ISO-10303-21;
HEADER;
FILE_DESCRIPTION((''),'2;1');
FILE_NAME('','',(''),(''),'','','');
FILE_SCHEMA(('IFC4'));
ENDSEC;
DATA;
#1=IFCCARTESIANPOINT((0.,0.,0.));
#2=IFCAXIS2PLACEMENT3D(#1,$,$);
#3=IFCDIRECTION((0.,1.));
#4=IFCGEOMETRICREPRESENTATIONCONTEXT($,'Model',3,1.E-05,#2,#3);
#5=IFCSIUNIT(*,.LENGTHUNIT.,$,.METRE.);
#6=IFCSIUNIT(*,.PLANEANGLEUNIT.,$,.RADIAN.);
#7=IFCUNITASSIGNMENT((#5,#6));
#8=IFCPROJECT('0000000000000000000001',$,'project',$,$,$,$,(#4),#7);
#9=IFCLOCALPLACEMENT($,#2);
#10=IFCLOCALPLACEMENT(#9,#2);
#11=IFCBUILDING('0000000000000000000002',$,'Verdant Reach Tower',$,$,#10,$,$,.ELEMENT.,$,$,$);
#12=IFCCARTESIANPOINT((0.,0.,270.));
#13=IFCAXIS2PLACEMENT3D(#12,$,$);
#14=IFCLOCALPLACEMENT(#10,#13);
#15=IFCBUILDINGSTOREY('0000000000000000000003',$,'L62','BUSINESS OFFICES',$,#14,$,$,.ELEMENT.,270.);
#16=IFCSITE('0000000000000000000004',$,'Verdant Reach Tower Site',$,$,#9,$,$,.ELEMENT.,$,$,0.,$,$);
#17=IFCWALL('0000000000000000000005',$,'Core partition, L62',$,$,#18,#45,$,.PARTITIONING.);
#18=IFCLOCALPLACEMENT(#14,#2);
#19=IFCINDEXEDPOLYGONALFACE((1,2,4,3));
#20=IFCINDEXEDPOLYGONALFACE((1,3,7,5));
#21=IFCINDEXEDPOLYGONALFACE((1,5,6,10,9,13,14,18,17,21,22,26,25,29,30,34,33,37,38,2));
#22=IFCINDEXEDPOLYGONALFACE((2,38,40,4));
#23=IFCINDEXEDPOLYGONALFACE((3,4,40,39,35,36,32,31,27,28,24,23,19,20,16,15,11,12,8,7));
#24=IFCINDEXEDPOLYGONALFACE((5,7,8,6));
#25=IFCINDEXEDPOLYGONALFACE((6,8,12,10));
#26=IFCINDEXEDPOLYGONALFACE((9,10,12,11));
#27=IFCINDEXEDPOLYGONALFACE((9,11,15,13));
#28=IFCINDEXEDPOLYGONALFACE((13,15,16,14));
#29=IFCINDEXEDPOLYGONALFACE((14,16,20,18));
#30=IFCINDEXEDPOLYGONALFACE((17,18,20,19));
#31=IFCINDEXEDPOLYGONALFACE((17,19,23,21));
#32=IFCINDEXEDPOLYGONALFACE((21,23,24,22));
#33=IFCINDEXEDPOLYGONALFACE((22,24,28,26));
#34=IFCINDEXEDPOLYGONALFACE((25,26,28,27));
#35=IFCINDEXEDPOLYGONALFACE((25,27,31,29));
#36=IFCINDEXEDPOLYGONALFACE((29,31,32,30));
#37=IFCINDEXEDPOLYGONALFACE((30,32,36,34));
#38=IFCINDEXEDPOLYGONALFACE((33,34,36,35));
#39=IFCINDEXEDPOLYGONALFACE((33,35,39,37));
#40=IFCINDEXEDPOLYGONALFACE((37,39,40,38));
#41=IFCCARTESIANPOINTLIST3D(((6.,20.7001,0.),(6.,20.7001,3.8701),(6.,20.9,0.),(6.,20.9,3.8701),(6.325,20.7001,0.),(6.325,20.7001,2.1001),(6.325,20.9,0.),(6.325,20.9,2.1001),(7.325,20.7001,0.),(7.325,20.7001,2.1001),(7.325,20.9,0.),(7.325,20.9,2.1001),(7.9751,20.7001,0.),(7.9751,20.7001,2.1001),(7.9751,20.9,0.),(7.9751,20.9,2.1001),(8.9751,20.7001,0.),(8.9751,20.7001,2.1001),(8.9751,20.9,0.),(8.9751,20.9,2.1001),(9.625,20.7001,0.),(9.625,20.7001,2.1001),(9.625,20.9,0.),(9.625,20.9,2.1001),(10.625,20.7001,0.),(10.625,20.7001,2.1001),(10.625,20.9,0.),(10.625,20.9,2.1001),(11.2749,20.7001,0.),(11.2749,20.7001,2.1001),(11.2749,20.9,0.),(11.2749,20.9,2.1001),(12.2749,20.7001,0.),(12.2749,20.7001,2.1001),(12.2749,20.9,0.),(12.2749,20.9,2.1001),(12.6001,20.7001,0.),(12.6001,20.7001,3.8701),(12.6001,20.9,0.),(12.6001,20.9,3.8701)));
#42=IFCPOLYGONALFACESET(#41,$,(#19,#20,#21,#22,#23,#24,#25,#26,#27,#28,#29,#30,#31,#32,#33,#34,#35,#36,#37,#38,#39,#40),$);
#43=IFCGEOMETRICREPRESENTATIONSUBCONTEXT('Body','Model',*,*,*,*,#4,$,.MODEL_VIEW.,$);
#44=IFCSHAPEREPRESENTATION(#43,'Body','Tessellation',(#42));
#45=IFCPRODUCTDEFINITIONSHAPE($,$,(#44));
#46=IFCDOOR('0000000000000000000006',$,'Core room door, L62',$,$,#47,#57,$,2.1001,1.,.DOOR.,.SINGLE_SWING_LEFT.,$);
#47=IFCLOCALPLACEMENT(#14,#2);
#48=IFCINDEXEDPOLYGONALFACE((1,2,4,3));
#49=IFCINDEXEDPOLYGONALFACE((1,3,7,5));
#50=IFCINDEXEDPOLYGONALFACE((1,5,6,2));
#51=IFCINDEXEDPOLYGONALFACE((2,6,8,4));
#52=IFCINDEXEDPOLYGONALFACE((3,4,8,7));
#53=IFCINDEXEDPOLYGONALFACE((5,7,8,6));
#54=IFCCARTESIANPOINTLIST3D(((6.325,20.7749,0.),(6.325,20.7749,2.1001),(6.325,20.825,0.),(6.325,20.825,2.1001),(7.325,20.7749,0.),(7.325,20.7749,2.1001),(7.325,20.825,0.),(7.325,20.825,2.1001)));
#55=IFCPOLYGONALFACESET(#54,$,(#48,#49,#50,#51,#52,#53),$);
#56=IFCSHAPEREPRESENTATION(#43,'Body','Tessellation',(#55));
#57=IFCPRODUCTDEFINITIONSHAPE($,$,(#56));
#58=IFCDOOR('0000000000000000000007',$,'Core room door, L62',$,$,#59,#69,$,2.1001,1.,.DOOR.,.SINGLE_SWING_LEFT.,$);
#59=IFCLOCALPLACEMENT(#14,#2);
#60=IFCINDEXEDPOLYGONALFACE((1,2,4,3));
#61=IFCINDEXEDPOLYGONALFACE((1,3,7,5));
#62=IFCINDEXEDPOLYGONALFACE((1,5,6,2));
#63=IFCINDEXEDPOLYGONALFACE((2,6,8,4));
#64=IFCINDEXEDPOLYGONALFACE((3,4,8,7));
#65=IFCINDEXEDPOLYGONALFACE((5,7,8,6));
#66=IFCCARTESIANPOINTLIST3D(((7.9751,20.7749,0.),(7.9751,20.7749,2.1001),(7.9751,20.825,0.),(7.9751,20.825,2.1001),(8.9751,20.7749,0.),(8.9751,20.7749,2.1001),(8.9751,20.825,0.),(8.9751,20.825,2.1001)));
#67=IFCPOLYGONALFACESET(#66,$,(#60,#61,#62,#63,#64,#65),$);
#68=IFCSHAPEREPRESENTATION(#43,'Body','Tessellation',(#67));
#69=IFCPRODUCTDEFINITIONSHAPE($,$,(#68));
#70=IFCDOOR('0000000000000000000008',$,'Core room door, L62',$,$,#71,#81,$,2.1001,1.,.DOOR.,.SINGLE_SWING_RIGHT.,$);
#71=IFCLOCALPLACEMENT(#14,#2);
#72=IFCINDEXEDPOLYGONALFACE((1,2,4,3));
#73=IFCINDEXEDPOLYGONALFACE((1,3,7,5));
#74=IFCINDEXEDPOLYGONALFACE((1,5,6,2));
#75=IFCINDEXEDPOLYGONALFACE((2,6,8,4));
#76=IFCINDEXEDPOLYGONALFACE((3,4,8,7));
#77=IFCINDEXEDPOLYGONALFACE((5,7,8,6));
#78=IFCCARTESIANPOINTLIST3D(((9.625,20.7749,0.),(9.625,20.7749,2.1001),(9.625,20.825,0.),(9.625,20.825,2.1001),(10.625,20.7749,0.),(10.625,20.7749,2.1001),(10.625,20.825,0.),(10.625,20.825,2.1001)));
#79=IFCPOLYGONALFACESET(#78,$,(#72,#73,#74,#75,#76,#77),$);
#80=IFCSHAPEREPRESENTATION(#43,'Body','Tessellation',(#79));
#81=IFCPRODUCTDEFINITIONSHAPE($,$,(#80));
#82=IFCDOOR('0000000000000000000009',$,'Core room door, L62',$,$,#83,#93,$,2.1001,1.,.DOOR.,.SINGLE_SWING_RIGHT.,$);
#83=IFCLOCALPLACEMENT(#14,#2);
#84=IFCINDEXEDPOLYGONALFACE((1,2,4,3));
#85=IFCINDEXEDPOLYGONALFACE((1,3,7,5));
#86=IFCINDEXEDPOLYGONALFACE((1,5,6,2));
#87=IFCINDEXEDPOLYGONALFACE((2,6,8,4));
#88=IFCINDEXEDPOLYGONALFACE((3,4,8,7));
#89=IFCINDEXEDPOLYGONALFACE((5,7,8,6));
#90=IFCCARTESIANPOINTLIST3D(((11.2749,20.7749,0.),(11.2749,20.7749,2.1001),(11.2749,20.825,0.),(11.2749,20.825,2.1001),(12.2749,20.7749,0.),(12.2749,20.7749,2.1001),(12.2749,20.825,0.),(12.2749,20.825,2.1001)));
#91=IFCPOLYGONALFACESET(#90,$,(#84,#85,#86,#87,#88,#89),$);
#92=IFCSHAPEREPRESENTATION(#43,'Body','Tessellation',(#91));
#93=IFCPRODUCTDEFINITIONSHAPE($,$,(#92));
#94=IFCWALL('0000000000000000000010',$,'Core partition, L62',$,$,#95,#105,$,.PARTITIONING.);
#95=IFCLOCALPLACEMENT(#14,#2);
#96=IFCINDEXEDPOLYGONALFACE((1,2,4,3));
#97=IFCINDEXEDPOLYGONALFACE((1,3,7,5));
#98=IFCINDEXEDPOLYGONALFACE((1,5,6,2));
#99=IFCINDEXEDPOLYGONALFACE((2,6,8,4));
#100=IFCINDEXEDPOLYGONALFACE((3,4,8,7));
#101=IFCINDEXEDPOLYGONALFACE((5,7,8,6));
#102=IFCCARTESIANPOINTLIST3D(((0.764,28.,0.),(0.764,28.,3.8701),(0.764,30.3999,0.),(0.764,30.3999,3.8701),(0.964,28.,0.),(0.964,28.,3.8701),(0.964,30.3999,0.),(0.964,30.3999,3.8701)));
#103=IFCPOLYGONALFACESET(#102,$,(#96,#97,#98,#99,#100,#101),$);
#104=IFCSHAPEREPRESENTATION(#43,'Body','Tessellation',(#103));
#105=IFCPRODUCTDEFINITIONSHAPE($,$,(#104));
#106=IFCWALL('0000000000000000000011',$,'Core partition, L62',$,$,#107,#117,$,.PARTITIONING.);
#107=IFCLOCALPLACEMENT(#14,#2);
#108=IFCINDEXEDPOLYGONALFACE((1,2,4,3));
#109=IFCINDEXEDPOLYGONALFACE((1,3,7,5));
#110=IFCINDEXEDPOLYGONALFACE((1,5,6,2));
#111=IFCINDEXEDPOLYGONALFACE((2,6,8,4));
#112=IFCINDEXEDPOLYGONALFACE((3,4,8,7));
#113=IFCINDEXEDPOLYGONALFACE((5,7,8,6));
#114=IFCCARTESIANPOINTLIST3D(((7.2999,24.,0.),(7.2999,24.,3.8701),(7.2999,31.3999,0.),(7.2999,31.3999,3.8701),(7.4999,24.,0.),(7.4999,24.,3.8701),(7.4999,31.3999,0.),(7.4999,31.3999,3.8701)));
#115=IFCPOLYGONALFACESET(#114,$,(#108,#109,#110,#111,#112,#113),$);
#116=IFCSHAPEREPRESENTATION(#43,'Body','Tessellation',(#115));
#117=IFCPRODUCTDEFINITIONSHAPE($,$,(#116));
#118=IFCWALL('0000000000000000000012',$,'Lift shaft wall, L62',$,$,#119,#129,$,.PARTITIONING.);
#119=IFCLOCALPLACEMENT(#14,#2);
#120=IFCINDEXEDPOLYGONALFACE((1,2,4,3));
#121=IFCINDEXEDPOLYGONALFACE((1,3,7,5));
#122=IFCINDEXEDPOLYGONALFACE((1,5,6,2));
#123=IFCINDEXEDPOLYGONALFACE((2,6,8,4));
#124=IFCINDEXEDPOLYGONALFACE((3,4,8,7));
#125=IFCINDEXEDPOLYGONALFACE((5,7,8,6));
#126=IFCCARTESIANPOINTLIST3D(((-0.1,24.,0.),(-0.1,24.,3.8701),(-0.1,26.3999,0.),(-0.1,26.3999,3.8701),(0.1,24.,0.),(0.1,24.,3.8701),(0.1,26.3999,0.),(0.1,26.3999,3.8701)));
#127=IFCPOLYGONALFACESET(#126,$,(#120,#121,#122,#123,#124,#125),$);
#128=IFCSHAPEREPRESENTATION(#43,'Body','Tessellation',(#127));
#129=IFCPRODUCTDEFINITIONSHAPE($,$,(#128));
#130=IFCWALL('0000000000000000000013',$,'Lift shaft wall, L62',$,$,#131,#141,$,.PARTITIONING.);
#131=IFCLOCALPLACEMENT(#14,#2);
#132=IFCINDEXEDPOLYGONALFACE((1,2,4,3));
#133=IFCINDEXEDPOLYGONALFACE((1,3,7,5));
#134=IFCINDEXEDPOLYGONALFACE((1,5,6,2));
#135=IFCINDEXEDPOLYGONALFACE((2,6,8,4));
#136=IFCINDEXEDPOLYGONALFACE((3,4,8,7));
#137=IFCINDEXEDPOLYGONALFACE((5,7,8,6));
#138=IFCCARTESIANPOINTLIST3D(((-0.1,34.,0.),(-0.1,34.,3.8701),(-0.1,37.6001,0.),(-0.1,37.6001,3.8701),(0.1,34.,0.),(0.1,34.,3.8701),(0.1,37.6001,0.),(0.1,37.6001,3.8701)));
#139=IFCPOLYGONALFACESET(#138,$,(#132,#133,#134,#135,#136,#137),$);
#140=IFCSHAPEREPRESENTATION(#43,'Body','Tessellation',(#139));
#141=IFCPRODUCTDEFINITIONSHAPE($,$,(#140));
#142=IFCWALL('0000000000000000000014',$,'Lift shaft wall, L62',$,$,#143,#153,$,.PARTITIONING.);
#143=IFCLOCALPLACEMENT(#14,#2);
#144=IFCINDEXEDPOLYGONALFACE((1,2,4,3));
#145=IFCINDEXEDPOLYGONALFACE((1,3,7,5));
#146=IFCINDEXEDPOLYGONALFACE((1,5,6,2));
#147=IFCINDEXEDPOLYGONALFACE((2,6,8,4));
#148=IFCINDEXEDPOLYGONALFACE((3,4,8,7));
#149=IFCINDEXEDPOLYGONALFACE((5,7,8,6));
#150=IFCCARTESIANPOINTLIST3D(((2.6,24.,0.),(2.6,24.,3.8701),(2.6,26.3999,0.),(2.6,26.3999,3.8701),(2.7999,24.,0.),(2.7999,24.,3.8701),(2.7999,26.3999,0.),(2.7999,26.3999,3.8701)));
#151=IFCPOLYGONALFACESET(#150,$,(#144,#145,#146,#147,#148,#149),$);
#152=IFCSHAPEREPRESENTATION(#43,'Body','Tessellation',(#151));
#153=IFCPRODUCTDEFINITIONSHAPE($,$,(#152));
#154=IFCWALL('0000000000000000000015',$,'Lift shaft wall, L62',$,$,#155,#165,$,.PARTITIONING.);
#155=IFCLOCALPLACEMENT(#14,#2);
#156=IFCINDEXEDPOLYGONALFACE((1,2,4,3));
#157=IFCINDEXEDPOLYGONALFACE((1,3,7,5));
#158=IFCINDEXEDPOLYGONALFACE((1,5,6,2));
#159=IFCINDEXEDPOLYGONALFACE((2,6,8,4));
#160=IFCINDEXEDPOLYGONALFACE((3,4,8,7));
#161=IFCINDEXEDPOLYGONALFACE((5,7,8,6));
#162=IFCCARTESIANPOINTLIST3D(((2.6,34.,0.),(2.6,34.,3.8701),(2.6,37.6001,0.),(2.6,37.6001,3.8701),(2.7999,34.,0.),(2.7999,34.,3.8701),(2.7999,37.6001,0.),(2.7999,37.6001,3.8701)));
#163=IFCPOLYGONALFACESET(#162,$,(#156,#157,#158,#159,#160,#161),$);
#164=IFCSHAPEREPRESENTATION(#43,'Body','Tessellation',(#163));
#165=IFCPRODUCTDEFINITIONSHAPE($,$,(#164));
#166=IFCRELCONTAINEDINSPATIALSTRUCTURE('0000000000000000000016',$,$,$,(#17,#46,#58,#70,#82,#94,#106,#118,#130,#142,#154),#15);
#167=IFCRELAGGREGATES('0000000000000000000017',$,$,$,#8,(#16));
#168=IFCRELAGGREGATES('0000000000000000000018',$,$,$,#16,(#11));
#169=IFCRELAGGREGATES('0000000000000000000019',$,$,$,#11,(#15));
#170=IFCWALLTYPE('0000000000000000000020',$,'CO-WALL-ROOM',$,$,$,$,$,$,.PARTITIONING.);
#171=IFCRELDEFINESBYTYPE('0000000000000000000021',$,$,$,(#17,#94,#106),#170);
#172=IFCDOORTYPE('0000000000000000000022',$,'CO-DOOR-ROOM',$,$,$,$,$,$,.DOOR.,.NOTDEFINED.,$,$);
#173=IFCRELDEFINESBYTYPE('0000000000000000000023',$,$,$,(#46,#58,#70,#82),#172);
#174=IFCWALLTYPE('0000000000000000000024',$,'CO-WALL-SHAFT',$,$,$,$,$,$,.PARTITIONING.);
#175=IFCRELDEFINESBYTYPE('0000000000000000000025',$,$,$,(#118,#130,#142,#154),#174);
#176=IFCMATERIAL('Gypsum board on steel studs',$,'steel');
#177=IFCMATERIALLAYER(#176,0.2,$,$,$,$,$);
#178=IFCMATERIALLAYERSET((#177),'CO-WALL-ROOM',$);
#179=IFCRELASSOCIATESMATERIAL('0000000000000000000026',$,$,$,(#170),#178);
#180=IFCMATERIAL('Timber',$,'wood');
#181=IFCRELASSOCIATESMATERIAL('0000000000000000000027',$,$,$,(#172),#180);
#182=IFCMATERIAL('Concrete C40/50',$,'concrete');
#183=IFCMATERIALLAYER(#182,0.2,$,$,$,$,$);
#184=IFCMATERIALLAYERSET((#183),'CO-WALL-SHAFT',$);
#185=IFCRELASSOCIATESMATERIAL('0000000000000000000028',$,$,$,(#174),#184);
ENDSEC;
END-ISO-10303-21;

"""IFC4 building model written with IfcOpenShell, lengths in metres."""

from ifc_helpers import new_model, si_unit, direction, frame, frame_2d, origin, place, context, subcontext, project, spatial, rectangle, extrude, material, layer, layer_set, type_object, element, fill, save


model = new_model("IFC4")

# Units and contexts
model_context = context("Model", 3, precision=1e-05, world=origin(), true_north=direction((0.0, 1.0)))
body_context = subcontext(model_context, "Body", "Model", "MODEL_VIEW")
ifc_project = project(units=[si_unit("LENGTHUNIT", "METRE"), si_unit("PLANEANGLEUNIT", "RADIAN")], contexts=[model_context])

# Site, building, storey
site_placement = place(None, origin())
site = spatial("IfcSite", under=ifc_project, at=site_placement, Name="Verdant Reach Tower Site", CompositionType="ELEMENT", RefElevation=0.0)
building_placement = place(site_placement, origin())
building = spatial("IfcBuilding", under=site, at=building_placement, Name="Verdant Reach Tower", CompositionType="ELEMENT")
storey_placement = place(building_placement, frame((0.0, 0.0, 270.0)))
storey = spatial("IfcBuildingStorey", under=building, at=storey_placement, Name="L62", Description="BUSINESS OFFICES", CompositionType="ELEMENT", Elevation=270.0)

# Wall, openings, doors
ifc_material_1 = material(Name="Gypsum board on steel studs", Category="steel")
ifc_layer_1 = layer(ifc_material_1, 0.2)
ifc_layer_set_1 = layer_set([ifc_layer_1], Name="CO-WALL-ROOM")
wall_type_1 = type_object("IfcWallType", Name="CO-WALL-ROOM", PredefinedType="PARTITIONING", material=ifc_layer_set_1)
wall_1_placement = place(storey_placement, frame((6.0, 20.8, 0.0), z_axis=(0.0, 0.0, 1.0), x_axis=(1.0, 0.0, 0.0)))
wall_1 = element("IfcWall", 1, at=wall_1_placement, inside=storey, type_object=wall_type_1, Name="Core partition, L62", PredefinedType="PARTITIONING", context=body_context, shape_type="SweptSolid", body=[
    extrude(rectangle(XDim=6.6001, YDim=0.2, at=frame_2d((3.3, 0.0))), origin(), (0.0, 0.0, 1.0), 3.8701),
])
opening_1_placement = place(wall_1_placement, frame((0.325, 0.0, 0.0)))
opening_1 = element("IfcOpeningElement", 2, at=opening_1_placement, cuts=wall_1, PredefinedType="OPENING", context=body_context, shape_type="SweptSolid", body=[
    extrude(rectangle(XDim=1.0, YDim=2.1001, at=frame_2d((0.5, 1.05))), frame((0.0, 0.1099, 0.0), z_axis=(0.0, -1.0, 0.0), x_axis=(1.0, 0.0, 0.0)), (0.0, 0.0, 1.0), 0.22),
])
opening_2_placement = place(wall_1_placement, frame((1.9751, 0.0, 0.0)))
opening_2 = element("IfcOpeningElement", 3, at=opening_2_placement, cuts=wall_1, PredefinedType="OPENING", context=body_context, shape_type="SweptSolid", body=[
    extrude(rectangle(XDim=1.0, YDim=2.1001, at=frame_2d((0.5, 1.05))), frame((0.0, 0.1099, 0.0), z_axis=(0.0, -1.0, 0.0), x_axis=(1.0, 0.0, 0.0)), (0.0, 0.0, 1.0), 0.22),
])
opening_3_placement = place(wall_1_placement, frame((3.625, 0.0, 0.0)))
opening_3 = element("IfcOpeningElement", 4, at=opening_3_placement, cuts=wall_1, PredefinedType="OPENING", context=body_context, shape_type="SweptSolid", body=[
    extrude(rectangle(XDim=1.0, YDim=2.1001, at=frame_2d((0.5, 1.05))), frame((0.0, 0.1099, 0.0), z_axis=(0.0, -1.0, 0.0), x_axis=(1.0, 0.0, 0.0)), (0.0, 0.0, 1.0), 0.22),
])
opening_4_placement = place(wall_1_placement, frame((5.2749, 0.0, 0.0)))
opening_4 = element("IfcOpeningElement", 5, at=opening_4_placement, cuts=wall_1, PredefinedType="OPENING", context=body_context, shape_type="SweptSolid", body=[
    extrude(rectangle(XDim=1.0, YDim=2.1001, at=frame_2d((0.5, 1.05))), frame((0.0, 0.1099, 0.0), z_axis=(0.0, -1.0, 0.0), x_axis=(1.0, 0.0, 0.0)), (0.0, 0.0, 1.0), 0.22),
])
ifc_material_2 = material(Name="Timber", Category="wood")
door_type_1 = type_object("IfcDoorType", Name="CO-DOOR-ROOM", OperationType="NOTDEFINED", PredefinedType="DOOR", material=ifc_material_2)
door_1_placement = place(opening_1_placement, origin())
door_1 = element("IfcDoor", 6, at=door_1_placement, inside=storey, type_object=door_type_1, Name="Core room door, L62", OperationType="SINGLE_SWING_LEFT", OverallHeight=2.1001, OverallWidth=1.0, PredefinedType="DOOR", context=body_context, shape_type="SweptSolid", body=[
    extrude(rectangle(XDim=1.0, YDim=2.1001, at=frame_2d((0.5, 1.05))), frame((0.0, 0.0249, 0.0), z_axis=(0.0, -1.0, 0.0), x_axis=(1.0, 0.0, 0.0)), (0.0, 0.0, 1.0), 0.05),
])
fill(opening_1, door_1)
door_2_placement = place(opening_2_placement, origin())
door_2 = element("IfcDoor", 7, at=door_2_placement, inside=storey, type_object=door_type_1, Name="Core room door, L62", OperationType="SINGLE_SWING_LEFT", OverallHeight=2.1001, OverallWidth=1.0, PredefinedType="DOOR", context=body_context, shape_type="SweptSolid", body=[
    extrude(rectangle(XDim=1.0, YDim=2.1001, at=frame_2d((0.5, 1.05))), frame((0.0, 0.0249, 0.0), z_axis=(0.0, -1.0, 0.0), x_axis=(1.0, 0.0, 0.0)), (0.0, 0.0, 1.0), 0.05),
])
fill(opening_2, door_2)
door_3_placement = place(opening_3_placement, origin())
door_3 = element("IfcDoor", 8, at=door_3_placement, inside=storey, type_object=door_type_1, Name="Core room door, L62", OperationType="SINGLE_SWING_RIGHT", OverallHeight=2.1001, OverallWidth=1.0, PredefinedType="DOOR", context=body_context, shape_type="SweptSolid", body=[
    extrude(rectangle(XDim=1.0, YDim=2.1001, at=frame_2d((0.5, 1.05))), frame((0.0, 0.0249, 0.0), z_axis=(0.0, -1.0, 0.0), x_axis=(1.0, 0.0, 0.0)), (0.0, 0.0, 1.0), 0.05),
])
fill(opening_3, door_3)
door_4_placement = place(opening_4_placement, origin())
door_4 = element("IfcDoor", 9, at=door_4_placement, inside=storey, type_object=door_type_1, Name="Core room door, L62", OperationType="SINGLE_SWING_RIGHT", OverallHeight=2.1001, OverallWidth=1.0, PredefinedType="DOOR", context=body_context, shape_type="SweptSolid", body=[
    extrude(rectangle(XDim=1.0, YDim=2.1001, at=frame_2d((0.5, 1.05))), frame((0.0, 0.0249, 0.0), z_axis=(0.0, -1.0, 0.0), x_axis=(1.0, 0.0, 0.0)), (0.0, 0.0, 1.0), 0.05),
])
fill(opening_4, door_4)

# Walls
wall_2_placement = place(storey_placement, frame((0.864, 28.0, 0.0), z_axis=(0.0, 0.0, 1.0), x_axis=(0.0, 1.0, 0.0)))
element("IfcWall", 10, at=wall_2_placement, inside=storey, type_object=wall_type_1, Name="Core partition, L62", PredefinedType="PARTITIONING", context=body_context, shape_type="SweptSolid", body=[
    extrude(rectangle(XDim=2.3999, YDim=0.2, at=frame_2d((1.2, 0.0))), origin(), (0.0, 0.0, 1.0), 3.8701),
])
wall_3_placement = place(storey_placement, frame((7.3999, 24.0, 0.0), z_axis=(0.0, 0.0, 1.0), x_axis=(0.0, 1.0, 0.0)))
element("IfcWall", 11, at=wall_3_placement, inside=storey, type_object=wall_type_1, Name="Core partition, L62", PredefinedType="PARTITIONING", context=body_context, shape_type="SweptSolid", body=[
    extrude(rectangle(XDim=7.3999, YDim=0.2, at=frame_2d((3.7, 0.0))), origin(), (0.0, 0.0, 1.0), 3.8701),
])
ifc_material_3 = material(Name="Concrete C40/50", Category="concrete")
ifc_layer_2 = layer(ifc_material_3, 0.2)
ifc_layer_set_2 = layer_set([ifc_layer_2], Name="CO-WALL-SHAFT")
wall_type_2 = type_object("IfcWallType", Name="CO-WALL-SHAFT", PredefinedType="PARTITIONING", material=ifc_layer_set_2)
wall_4_placement = place(storey_placement, frame((0.0, 24.0, 0.0), z_axis=(0.0, 0.0, 1.0), x_axis=(0.0, 1.0, 0.0)))
element("IfcWall", 12, at=wall_4_placement, inside=storey, type_object=wall_type_2, Name="Lift shaft wall, L62", PredefinedType="PARTITIONING", context=body_context, shape_type="SweptSolid", body=[
    extrude(rectangle(XDim=2.3999, YDim=0.2, at=frame_2d((1.2, 0.0))), origin(), (0.0, 0.0, 1.0), 3.8701),
])
wall_5_placement = place(storey_placement, frame((0.0, 34.0, 0.0), z_axis=(0.0, 0.0, 1.0), x_axis=(0.0, 1.0, 0.0)))
element("IfcWall", 13, at=wall_5_placement, inside=storey, type_object=wall_type_2, Name="Lift shaft wall, L62", PredefinedType="PARTITIONING", context=body_context, shape_type="SweptSolid", body=[
    extrude(rectangle(XDim=3.6001, YDim=0.2, at=frame_2d((1.8, 0.0))), origin(), (0.0, 0.0, 1.0), 3.8701),
])
wall_6_placement = place(storey_placement, frame((2.7, 24.0, 0.0), z_axis=(0.0, 0.0, 1.0), x_axis=(0.0, 1.0, 0.0)))
element("IfcWall", 14, at=wall_6_placement, inside=storey, type_object=wall_type_2, Name="Lift shaft wall, L62", PredefinedType="PARTITIONING", context=body_context, shape_type="SweptSolid", body=[
    extrude(rectangle(XDim=2.3999, YDim=0.2, at=frame_2d((1.2, 0.0))), origin(), (0.0, 0.0, 1.0), 3.8701),
])
wall_7_placement = place(storey_placement, frame((2.7, 34.0, 0.0), z_axis=(0.0, 0.0, 1.0), x_axis=(0.0, 1.0, 0.0)))
element("IfcWall", 15, at=wall_7_placement, inside=storey, type_object=wall_type_2, Name="Lift shaft wall, L62", PredefinedType="PARTITIONING", context=body_context, shape_type="SweptSolid", body=[
    extrude(rectangle(XDim=3.6001, YDim=0.2, at=frame_2d((1.8, 0.0))), origin(), (0.0, 0.0, 1.0), 3.8701),
])

save(model, "model.ifc")
